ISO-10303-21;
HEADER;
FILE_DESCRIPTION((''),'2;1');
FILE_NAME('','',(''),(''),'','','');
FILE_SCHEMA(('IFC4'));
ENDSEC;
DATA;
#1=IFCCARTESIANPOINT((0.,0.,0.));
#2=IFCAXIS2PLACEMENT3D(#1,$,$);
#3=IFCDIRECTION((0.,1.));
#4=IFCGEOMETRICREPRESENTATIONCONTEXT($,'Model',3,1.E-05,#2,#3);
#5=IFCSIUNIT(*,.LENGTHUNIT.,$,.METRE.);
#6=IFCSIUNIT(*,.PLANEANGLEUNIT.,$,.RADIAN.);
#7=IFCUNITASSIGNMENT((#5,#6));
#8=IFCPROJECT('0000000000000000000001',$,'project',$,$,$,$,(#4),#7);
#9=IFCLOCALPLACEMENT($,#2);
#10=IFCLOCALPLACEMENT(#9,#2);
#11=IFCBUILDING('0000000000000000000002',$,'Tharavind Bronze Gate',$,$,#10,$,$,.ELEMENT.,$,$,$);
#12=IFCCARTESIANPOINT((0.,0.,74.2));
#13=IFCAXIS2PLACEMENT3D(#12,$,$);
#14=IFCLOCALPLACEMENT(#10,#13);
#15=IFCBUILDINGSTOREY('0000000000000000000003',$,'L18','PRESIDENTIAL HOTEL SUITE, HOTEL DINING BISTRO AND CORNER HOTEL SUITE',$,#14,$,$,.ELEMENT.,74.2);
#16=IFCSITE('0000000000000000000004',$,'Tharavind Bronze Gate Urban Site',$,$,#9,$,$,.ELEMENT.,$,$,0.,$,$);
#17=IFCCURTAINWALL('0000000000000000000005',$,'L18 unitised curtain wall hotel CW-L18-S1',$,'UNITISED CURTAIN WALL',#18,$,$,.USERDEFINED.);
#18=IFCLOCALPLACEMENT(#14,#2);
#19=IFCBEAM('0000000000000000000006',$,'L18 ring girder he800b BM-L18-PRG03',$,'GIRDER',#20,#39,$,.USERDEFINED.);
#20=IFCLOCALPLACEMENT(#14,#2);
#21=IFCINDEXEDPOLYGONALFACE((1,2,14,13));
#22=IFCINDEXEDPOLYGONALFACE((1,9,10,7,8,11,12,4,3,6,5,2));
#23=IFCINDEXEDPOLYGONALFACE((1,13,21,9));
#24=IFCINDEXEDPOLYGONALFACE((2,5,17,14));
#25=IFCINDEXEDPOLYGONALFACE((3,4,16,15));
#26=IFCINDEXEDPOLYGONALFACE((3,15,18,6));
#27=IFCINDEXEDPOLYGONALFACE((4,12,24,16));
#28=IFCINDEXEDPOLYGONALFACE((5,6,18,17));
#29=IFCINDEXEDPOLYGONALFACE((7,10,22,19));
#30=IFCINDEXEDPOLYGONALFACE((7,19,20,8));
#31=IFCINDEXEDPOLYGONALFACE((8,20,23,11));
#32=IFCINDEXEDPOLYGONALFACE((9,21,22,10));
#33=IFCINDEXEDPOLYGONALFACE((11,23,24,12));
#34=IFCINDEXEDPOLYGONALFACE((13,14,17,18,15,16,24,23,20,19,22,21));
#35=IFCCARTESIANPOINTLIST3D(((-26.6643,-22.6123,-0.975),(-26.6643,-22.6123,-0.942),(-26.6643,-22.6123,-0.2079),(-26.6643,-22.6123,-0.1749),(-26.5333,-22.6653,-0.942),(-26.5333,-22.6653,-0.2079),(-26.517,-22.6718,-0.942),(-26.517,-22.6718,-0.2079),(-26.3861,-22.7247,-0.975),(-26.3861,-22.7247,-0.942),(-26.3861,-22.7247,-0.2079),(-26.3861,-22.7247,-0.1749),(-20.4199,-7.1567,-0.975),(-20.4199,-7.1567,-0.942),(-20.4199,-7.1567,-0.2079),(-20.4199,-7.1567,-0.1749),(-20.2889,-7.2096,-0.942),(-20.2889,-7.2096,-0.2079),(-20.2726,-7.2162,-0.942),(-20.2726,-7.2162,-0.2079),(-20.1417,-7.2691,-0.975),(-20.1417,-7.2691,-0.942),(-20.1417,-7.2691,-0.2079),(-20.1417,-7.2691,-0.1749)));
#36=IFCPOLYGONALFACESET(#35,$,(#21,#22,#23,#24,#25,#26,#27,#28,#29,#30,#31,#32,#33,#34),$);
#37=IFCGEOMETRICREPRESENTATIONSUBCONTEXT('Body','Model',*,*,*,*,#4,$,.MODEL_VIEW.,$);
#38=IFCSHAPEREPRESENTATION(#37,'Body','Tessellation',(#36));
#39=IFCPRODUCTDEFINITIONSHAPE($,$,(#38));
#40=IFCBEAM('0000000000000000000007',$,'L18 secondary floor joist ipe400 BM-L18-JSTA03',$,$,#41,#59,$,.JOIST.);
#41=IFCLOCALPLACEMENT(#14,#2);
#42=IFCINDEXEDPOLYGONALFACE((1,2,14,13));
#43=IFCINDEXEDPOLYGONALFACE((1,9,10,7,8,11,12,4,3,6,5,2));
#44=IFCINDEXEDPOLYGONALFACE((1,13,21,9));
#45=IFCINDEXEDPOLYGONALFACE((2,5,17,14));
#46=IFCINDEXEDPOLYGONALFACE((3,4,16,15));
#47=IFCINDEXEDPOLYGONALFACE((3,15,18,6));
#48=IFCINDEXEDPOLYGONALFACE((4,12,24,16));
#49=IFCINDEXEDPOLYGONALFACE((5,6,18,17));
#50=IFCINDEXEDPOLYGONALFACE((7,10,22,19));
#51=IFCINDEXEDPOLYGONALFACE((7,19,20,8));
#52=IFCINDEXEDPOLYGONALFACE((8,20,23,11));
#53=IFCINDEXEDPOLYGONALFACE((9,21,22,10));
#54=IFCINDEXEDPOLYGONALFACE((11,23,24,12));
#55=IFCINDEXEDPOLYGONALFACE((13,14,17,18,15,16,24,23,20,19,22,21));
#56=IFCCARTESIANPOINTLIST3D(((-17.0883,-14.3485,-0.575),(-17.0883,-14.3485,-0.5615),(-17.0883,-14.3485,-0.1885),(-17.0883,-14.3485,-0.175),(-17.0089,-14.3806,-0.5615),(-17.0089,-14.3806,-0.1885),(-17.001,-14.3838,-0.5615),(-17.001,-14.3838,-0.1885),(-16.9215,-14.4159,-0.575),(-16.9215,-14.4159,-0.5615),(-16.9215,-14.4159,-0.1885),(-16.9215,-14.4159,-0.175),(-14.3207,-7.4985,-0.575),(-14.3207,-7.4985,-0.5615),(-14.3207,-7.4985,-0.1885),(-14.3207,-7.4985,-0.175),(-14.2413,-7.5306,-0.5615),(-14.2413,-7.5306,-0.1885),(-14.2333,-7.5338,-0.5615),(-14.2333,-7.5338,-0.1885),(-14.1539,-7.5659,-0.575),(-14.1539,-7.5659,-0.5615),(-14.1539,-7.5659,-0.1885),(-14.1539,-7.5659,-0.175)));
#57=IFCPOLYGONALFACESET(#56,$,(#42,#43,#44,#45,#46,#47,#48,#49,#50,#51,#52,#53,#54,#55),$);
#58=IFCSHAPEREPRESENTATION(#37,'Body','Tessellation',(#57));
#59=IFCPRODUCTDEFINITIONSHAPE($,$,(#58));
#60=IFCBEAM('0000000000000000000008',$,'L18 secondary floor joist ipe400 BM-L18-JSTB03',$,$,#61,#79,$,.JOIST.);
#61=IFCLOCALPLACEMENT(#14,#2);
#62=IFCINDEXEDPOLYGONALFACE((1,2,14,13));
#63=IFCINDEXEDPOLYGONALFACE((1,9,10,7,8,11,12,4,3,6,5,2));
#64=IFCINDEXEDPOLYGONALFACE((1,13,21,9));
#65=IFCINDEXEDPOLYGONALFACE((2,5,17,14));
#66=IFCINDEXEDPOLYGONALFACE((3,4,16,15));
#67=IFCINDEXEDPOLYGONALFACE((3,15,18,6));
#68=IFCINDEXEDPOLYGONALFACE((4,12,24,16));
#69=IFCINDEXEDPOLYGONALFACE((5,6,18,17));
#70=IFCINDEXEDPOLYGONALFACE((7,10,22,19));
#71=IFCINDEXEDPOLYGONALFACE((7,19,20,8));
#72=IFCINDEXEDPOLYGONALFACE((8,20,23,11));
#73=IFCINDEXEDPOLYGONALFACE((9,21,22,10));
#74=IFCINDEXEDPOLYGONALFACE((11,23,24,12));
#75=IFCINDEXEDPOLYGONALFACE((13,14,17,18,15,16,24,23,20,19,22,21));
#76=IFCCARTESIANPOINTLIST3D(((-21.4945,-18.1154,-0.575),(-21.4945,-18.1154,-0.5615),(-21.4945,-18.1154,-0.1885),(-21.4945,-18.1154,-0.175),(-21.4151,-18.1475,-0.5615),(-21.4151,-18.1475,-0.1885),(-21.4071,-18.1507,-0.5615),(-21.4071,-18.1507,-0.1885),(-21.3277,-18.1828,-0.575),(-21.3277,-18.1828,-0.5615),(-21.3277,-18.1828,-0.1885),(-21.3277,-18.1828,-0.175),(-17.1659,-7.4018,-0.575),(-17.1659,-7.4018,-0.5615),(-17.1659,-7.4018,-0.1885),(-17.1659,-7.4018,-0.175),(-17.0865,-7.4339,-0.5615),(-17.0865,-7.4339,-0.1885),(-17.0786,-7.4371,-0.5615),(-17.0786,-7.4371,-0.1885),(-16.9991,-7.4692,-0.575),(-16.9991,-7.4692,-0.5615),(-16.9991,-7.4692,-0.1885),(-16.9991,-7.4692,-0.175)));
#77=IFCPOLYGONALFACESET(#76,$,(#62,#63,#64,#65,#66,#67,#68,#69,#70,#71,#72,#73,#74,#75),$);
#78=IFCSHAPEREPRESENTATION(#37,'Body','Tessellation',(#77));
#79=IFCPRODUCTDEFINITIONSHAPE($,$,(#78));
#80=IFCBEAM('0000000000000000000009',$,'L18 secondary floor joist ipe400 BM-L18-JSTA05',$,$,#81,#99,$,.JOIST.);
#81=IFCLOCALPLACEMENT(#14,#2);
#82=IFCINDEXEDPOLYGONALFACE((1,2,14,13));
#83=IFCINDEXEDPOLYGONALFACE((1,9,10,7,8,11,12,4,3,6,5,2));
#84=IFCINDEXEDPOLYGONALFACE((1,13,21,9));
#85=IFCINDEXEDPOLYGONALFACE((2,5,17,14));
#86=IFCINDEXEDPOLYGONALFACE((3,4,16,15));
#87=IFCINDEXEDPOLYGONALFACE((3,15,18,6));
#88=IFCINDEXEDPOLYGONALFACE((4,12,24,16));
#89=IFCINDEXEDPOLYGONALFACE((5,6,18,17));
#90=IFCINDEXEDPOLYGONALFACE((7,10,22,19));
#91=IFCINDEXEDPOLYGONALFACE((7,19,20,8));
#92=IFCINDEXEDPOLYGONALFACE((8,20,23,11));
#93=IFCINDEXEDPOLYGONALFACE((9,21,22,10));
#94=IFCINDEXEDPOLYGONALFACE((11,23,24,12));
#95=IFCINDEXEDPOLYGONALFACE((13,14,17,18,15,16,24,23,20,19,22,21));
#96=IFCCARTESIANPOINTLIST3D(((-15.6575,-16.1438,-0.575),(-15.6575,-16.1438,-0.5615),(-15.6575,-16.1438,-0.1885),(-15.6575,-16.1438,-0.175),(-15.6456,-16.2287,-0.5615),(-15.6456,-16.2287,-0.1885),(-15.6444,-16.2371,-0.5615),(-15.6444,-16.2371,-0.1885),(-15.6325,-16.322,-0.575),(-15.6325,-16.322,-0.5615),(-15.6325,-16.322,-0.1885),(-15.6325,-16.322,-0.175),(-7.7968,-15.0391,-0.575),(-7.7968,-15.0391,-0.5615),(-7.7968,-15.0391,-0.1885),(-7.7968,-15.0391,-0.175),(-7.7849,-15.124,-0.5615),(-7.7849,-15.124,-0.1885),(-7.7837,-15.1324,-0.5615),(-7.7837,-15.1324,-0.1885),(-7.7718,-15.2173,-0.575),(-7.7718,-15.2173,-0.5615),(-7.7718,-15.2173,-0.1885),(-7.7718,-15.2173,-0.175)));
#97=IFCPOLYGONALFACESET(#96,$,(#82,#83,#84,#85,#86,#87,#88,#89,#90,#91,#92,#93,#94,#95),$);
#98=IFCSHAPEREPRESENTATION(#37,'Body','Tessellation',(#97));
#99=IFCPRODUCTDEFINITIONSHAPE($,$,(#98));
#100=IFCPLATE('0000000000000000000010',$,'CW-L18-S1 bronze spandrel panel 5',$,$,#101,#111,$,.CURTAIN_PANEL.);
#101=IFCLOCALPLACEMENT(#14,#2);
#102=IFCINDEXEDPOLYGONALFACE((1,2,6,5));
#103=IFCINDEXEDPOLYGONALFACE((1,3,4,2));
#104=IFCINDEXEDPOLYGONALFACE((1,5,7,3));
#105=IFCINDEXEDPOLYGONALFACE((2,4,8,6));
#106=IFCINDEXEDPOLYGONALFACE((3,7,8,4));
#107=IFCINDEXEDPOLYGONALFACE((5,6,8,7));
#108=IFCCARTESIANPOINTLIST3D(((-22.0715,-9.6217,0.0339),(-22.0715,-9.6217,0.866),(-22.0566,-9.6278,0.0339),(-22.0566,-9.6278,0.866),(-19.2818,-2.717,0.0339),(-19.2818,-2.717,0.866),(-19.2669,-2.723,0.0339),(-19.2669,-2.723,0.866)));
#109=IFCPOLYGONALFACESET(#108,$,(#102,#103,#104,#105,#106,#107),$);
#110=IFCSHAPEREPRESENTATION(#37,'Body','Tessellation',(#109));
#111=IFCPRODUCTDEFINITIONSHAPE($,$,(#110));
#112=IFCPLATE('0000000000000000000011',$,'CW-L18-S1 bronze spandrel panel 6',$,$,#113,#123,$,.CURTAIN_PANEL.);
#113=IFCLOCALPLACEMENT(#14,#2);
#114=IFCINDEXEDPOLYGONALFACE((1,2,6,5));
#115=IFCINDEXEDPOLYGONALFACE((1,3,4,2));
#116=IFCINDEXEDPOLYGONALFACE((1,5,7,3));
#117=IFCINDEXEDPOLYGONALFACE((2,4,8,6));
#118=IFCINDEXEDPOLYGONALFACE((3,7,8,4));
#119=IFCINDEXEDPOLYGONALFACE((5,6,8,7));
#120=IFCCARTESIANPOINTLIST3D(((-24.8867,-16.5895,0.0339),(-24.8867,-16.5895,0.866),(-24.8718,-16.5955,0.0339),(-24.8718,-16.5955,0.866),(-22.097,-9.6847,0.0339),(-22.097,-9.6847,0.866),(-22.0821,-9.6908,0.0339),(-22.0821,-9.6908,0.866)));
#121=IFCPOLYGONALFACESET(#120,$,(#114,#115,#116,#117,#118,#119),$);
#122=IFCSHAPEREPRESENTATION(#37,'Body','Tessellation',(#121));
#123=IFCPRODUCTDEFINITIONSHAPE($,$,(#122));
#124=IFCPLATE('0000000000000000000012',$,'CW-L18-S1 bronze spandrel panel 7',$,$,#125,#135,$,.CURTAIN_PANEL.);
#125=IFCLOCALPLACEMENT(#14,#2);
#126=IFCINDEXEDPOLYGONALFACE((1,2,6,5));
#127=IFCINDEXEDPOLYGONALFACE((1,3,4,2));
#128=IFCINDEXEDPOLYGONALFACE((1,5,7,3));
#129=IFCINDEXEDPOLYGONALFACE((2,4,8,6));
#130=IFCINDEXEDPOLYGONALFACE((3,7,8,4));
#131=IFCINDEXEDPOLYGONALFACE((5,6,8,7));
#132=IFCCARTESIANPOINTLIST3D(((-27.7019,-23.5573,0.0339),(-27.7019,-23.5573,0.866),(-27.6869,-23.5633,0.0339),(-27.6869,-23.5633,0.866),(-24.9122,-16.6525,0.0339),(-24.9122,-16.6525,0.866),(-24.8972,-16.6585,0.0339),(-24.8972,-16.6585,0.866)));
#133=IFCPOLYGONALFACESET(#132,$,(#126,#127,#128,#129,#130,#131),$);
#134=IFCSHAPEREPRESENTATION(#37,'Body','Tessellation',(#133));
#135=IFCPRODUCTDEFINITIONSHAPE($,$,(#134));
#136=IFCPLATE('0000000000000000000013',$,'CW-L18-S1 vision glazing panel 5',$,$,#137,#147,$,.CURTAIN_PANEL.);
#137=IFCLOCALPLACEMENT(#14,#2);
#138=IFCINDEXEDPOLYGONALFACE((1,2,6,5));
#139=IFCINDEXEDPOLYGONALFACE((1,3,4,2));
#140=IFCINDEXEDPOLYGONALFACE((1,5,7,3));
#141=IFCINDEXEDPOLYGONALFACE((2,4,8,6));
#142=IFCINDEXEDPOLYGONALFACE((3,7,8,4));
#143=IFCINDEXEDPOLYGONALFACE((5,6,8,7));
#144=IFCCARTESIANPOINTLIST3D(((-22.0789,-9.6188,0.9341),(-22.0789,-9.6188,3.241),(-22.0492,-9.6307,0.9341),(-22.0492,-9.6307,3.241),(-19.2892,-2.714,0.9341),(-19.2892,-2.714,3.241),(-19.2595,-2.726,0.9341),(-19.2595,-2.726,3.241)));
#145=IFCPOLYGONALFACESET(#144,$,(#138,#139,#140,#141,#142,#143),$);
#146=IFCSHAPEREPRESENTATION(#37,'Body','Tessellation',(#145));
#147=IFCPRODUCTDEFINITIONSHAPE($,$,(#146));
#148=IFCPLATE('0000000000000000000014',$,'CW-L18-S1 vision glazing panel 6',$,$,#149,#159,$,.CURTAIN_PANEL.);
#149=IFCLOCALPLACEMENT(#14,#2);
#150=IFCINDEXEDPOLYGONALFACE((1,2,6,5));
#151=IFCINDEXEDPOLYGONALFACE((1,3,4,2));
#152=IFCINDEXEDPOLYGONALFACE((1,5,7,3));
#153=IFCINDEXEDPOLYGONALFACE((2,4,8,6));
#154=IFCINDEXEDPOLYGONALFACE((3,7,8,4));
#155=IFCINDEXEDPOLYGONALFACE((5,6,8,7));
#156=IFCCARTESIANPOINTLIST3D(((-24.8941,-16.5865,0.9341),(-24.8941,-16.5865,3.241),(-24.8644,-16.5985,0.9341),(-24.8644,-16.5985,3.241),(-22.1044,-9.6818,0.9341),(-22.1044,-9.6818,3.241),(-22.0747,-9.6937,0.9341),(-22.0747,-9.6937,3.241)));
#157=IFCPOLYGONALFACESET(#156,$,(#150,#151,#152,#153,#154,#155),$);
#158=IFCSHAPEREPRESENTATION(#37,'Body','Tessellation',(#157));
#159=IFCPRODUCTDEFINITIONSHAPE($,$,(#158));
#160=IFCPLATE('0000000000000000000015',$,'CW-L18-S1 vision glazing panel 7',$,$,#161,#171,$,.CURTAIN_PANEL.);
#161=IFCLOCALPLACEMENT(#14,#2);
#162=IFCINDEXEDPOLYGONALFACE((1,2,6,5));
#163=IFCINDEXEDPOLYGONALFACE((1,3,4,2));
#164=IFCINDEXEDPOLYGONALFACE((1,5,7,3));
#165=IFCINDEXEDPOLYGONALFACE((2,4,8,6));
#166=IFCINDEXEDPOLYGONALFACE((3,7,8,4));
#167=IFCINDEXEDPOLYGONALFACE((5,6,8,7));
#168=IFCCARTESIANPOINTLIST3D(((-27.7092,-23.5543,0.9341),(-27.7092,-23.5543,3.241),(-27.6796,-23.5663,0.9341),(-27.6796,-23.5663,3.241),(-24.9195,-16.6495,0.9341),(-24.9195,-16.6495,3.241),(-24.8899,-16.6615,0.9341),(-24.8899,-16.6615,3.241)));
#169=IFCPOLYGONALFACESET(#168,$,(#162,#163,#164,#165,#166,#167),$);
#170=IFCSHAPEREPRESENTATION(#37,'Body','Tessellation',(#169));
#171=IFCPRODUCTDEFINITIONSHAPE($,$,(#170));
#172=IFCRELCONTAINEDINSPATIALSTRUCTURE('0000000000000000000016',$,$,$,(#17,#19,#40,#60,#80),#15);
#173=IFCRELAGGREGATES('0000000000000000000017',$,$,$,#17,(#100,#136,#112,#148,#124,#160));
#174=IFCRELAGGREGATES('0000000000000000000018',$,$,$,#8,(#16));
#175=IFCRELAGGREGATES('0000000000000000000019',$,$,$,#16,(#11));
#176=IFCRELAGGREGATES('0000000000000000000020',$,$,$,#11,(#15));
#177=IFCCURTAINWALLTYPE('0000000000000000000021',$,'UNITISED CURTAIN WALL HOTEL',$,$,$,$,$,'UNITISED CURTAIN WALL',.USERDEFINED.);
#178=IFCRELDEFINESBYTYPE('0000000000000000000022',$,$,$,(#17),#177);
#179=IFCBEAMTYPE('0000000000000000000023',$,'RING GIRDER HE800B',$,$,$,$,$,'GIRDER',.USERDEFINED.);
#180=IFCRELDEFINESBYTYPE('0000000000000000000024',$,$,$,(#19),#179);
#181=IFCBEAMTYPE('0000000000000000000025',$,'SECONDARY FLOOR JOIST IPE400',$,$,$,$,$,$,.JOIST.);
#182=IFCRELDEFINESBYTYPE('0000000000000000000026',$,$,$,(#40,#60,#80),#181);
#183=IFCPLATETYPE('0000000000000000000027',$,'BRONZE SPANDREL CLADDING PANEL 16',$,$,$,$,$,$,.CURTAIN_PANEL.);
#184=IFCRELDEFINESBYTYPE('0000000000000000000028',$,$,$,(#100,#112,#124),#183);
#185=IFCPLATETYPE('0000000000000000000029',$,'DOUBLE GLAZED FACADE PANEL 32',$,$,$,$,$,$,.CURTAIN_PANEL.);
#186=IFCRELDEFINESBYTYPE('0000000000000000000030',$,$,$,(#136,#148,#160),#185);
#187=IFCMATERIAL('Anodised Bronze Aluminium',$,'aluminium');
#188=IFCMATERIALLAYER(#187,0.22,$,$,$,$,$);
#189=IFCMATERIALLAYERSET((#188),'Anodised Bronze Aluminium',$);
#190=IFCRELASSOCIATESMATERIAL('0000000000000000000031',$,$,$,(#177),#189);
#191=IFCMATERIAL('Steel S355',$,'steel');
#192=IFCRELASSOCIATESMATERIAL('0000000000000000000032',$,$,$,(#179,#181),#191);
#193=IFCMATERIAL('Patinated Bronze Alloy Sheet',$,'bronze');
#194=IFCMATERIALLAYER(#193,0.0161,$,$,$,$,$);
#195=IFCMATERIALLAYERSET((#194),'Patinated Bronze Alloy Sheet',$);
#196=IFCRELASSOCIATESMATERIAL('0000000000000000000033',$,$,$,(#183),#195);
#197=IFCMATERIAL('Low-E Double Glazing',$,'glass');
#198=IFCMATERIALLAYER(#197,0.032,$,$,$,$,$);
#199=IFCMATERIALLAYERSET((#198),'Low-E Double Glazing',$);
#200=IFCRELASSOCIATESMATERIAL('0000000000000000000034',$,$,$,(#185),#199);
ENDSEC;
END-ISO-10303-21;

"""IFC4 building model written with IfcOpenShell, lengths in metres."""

from ifc_helpers import new_model, si_unit, direction, frame, origin, origin_2d, place, context, subcontext, project, spatial, rectangle, i_section, extrude, material, layer, layer_set, material_profile, profile_set, type_object, element, aggregate, save


model = new_model("IFC4")

# Units and contexts
model_context = context("Model", 3, precision=1e-05, world=origin(), true_north=direction((0.0, 1.0)))
body_context = subcontext(model_context, "Body", "Model", "MODEL_VIEW")
ifc_project = project(units=[si_unit("LENGTHUNIT", "METRE"), si_unit("PLANEANGLEUNIT", "RADIAN")], contexts=[model_context])

# Site, building, storey
site_placement = place(None, origin())
site = spatial("IfcSite", under=ifc_project, at=site_placement, Name="Tharavind Bronze Gate Urban Site", CompositionType="ELEMENT", RefElevation=0.0)
building_placement = place(site_placement, origin())
building = spatial("IfcBuilding", under=site, at=building_placement, Name="Tharavind Bronze Gate", CompositionType="ELEMENT")
storey_placement = place(building_placement, frame((0.0, 0.0, 74.2)))
storey = spatial("IfcBuildingStorey", under=building, at=storey_placement, Name="L18", Description="PRESIDENTIAL HOTEL SUITE, HOTEL DINING BISTRO AND CORNER HOTEL SUITE", CompositionType="ELEMENT", Elevation=74.2)

# Curtain wall
ifc_material_1 = material(Name="Anodised Bronze Aluminium", Category="aluminium")
ifc_layer_1 = layer(ifc_material_1, 0.22)
ifc_layer_set_1 = layer_set([ifc_layer_1], Name="Anodised Bronze Aluminium")
curtain_wall_type = type_object("IfcCurtainWallType", Name="UNITISED CURTAIN WALL HOTEL", ElementType="UNITISED CURTAIN WALL", PredefinedType="USERDEFINED", material=ifc_layer_set_1)
curtain_wall_placement = place(storey_placement, origin())
curtain_wall = element("IfcCurtainWall", 1, at=curtain_wall_placement, inside=storey, type_object=curtain_wall_type, Name="L18 unitised curtain wall hotel CW-L18-S1", ObjectType="UNITISED CURTAIN WALL", PredefinedType="USERDEFINED")

# Beams
ifc_material_2 = material(Name="Steel S355", Category="steel")
ifc_material_profile_1 = material_profile(ifc_material_2, i_section(OverallWidth=0.3, OverallDepth=0.8, WebThickness=0.0176, FlangeThickness=0.033, at=origin_2d()), Name="HE800B")
ifc_profile_set_1 = profile_set([ifc_material_profile_1], Name="Steel S355")
beam_type_1 = type_object("IfcBeamType", Name="RING GIRDER HE800B", ElementType="GIRDER", PredefinedType="USERDEFINED", material=ifc_profile_set_1)
beam_1_placement = place(storey_placement, frame((-20.2808, -7.2129, -0.575), z_axis=(-0.374603, -0.927185, 0.0), x_axis=(0.927185, -0.374603, 0.0)))
element("IfcBeam", 2, at=beam_1_placement, inside=storey, type_object=beam_type_1, Name="L18 ring girder he800b BM-L18-PRG03", ObjectType="GIRDER", PredefinedType="USERDEFINED", context=body_context, shape_type="SweptSolid", body=[
    extrude(i_section(OverallWidth=0.3, OverallDepth=0.8, WebThickness=0.0176, FlangeThickness=0.033, at=origin_2d()), origin(), (0.0, 0.0, 1.0), 16.6694),
])
ifc_material_profile_2 = material_profile(ifc_material_2, i_section(OverallWidth=0.1799, OverallDepth=0.3999, WebThickness=0.0085, FlangeThickness=0.0134, at=origin_2d()), Name="IPE400")
ifc_profile_set_2 = profile_set([ifc_material_profile_2], Name="Steel S355")
beam_type_2 = type_object("IfcBeamType", Name="SECONDARY FLOOR JOIST IPE400", PredefinedType="JOIST", material=ifc_profile_set_2)
beam_2_placement = place(storey_placement, frame((-14.2373, -7.5322, -0.375), z_axis=(-0.374613, -0.927181, 0.0), x_axis=(0.927181, -0.374613, 0.0)))
element("IfcBeam", 3, at=beam_2_placement, inside=storey, type_object=beam_type_2, Name="L18 secondary floor joist ipe400 BM-L18-JSTA03", PredefinedType="JOIST", context=body_context, shape_type="SweptSolid", body=[
    extrude(i_section(OverallWidth=0.1799, OverallDepth=0.3999, WebThickness=0.0085, FlangeThickness=0.0134, at=origin_2d()), origin(), (0.0, 0.0, 1.0), 7.3879),
])
beam_3_placement = place(storey_placement, frame((-17.0825, -7.4355, -0.375), z_axis=(-0.374609, -0.927183, 0.0), x_axis=(0.927183, -0.374609, 0.0)))
element("IfcBeam", 4, at=beam_3_placement, inside=storey, type_object=beam_type_2, Name="L18 secondary floor joist ipe400 BM-L18-JSTB03", PredefinedType="JOIST", context=body_context, shape_type="SweptSolid", body=[
    extrude(i_section(OverallWidth=0.1799, OverallDepth=0.3999, WebThickness=0.0085, FlangeThickness=0.0134, at=origin_2d()), origin(), (0.0, 0.0, 1.0), 11.5549),
])
beam_4_placement = place(storey_placement, frame((-15.645, -16.2329, -0.375), z_axis=(0.990269, 0.139169, 0.0), x_axis=(-0.139169, 0.990269, 0.0)))
element("IfcBeam", 5, at=beam_4_placement, inside=storey, type_object=beam_type_2, Name="L18 secondary floor joist ipe400 BM-L18-JSTA05", PredefinedType="JOIST", context=body_context, shape_type="SweptSolid", body=[
    extrude(i_section(OverallWidth=0.1799, OverallDepth=0.3999, WebThickness=0.0085, FlangeThickness=0.0134, at=origin_2d()), origin(), (0.0, 0.0, 1.0), 7.938),
])

# Plates
ifc_material_3 = material(Name="Patinated Bronze Alloy Sheet", Category="bronze")
ifc_layer_2 = layer(ifc_material_3, 0.0161)
ifc_layer_set_2 = layer_set([ifc_layer_2], Name="Patinated Bronze Alloy Sheet")
plate_type_1 = type_object("IfcPlateType", Name="BRONZE SPANDREL CLADDING PANEL 16", PredefinedType="CURTAIN_PANEL", material=ifc_layer_set_2)
plate_1_placement = place(storey_placement, frame((-20.6692, -6.1724, 0.0339), z_axis=(0.0, 0.0, 1.0), x_axis=(-0.374607, -0.927184, 0.0)))
plate_1 = element("IfcPlate", 6, at=plate_1_placement, type_object=plate_type_1, Name="CW-L18-S1 bronze spandrel panel 5", PredefinedType="CURTAIN_PANEL", context=body_context, shape_type="SweptSolid", body=[
    extrude(rectangle(XDim=7.447, YDim=0.0161, at=origin_2d()), origin(), (0.0, 0.0, 1.0), 0.832),
])
plate_2_placement = place(storey_placement, frame((-23.4844, -13.1401, 0.0339), z_axis=(0.0, 0.0, 1.0), x_axis=(-0.374607, -0.927184, 0.0)))
plate_2 = element("IfcPlate", 7, at=plate_2_placement, type_object=plate_type_1, Name="CW-L18-S1 bronze spandrel panel 6", PredefinedType="CURTAIN_PANEL", context=body_context, shape_type="SweptSolid", body=[
    extrude(rectangle(XDim=7.447, YDim=0.0161, at=origin_2d()), origin(), (0.0, 0.0, 1.0), 0.832),
])
plate_3_placement = place(storey_placement, frame((-26.2996, -20.1079, 0.0339), z_axis=(0.0, 0.0, 1.0), x_axis=(-0.374607, -0.927184, 0.0)))
plate_3 = element("IfcPlate", 8, at=plate_3_placement, type_object=plate_type_1, Name="CW-L18-S1 bronze spandrel panel 7", PredefinedType="CURTAIN_PANEL", context=body_context, shape_type="SweptSolid", body=[
    extrude(rectangle(XDim=7.447, YDim=0.0161, at=origin_2d()), origin(), (0.0, 0.0, 1.0), 0.832),
])
ifc_material_4 = material(Name="Low-E Double Glazing", Category="glass")
ifc_layer_3 = layer(ifc_material_4, 0.032)
ifc_layer_set_3 = layer_set([ifc_layer_3], Name="Low-E Double Glazing")
plate_type_2 = type_object("IfcPlateType", Name="DOUBLE GLAZED FACADE PANEL 32", PredefinedType="CURTAIN_PANEL", material=ifc_layer_set_3)
plate_4_placement = place(storey_placement, frame((-20.6692, -6.1724, 0.9341), z_axis=(0.0, 0.0, 1.0), x_axis=(-0.374607, -0.927184, 0.0)))
plate_4 = element("IfcPlate", 9, at=plate_4_placement, type_object=plate_type_2, Name="CW-L18-S1 vision glazing panel 5", PredefinedType="CURTAIN_PANEL", context=body_context, shape_type="SweptSolid", body=[
    extrude(rectangle(XDim=7.447, YDim=0.032, at=origin_2d()), origin(), (0.0, 0.0, 1.0), 2.3069),
])
plate_5_placement = place(storey_placement, frame((-23.4844, -13.1401, 0.9341), z_axis=(0.0, 0.0, 1.0), x_axis=(-0.374607, -0.927184, 0.0)))
plate_5 = element("IfcPlate", 10, at=plate_5_placement, type_object=plate_type_2, Name="CW-L18-S1 vision glazing panel 6", PredefinedType="CURTAIN_PANEL", context=body_context, shape_type="SweptSolid", body=[
    extrude(rectangle(XDim=7.447, YDim=0.032, at=origin_2d()), origin(), (0.0, 0.0, 1.0), 2.3069),
])
plate_6_placement = place(storey_placement, frame((-26.2996, -20.1079, 0.9341), z_axis=(0.0, 0.0, 1.0), x_axis=(-0.374607, -0.927184, 0.0)))
plate_6 = element("IfcPlate", 11, at=plate_6_placement, type_object=plate_type_2, Name="CW-L18-S1 vision glazing panel 7", PredefinedType="CURTAIN_PANEL", context=body_context, shape_type="SweptSolid", body=[
    extrude(rectangle(XDim=7.447, YDim=0.032, at=origin_2d()), origin(), (0.0, 0.0, 1.0), 2.3069),
])
aggregate(curtain_wall, [plate_1, plate_4, plate_2, plate_5, plate_3, plate_6])

save(model, "model.ifc")
